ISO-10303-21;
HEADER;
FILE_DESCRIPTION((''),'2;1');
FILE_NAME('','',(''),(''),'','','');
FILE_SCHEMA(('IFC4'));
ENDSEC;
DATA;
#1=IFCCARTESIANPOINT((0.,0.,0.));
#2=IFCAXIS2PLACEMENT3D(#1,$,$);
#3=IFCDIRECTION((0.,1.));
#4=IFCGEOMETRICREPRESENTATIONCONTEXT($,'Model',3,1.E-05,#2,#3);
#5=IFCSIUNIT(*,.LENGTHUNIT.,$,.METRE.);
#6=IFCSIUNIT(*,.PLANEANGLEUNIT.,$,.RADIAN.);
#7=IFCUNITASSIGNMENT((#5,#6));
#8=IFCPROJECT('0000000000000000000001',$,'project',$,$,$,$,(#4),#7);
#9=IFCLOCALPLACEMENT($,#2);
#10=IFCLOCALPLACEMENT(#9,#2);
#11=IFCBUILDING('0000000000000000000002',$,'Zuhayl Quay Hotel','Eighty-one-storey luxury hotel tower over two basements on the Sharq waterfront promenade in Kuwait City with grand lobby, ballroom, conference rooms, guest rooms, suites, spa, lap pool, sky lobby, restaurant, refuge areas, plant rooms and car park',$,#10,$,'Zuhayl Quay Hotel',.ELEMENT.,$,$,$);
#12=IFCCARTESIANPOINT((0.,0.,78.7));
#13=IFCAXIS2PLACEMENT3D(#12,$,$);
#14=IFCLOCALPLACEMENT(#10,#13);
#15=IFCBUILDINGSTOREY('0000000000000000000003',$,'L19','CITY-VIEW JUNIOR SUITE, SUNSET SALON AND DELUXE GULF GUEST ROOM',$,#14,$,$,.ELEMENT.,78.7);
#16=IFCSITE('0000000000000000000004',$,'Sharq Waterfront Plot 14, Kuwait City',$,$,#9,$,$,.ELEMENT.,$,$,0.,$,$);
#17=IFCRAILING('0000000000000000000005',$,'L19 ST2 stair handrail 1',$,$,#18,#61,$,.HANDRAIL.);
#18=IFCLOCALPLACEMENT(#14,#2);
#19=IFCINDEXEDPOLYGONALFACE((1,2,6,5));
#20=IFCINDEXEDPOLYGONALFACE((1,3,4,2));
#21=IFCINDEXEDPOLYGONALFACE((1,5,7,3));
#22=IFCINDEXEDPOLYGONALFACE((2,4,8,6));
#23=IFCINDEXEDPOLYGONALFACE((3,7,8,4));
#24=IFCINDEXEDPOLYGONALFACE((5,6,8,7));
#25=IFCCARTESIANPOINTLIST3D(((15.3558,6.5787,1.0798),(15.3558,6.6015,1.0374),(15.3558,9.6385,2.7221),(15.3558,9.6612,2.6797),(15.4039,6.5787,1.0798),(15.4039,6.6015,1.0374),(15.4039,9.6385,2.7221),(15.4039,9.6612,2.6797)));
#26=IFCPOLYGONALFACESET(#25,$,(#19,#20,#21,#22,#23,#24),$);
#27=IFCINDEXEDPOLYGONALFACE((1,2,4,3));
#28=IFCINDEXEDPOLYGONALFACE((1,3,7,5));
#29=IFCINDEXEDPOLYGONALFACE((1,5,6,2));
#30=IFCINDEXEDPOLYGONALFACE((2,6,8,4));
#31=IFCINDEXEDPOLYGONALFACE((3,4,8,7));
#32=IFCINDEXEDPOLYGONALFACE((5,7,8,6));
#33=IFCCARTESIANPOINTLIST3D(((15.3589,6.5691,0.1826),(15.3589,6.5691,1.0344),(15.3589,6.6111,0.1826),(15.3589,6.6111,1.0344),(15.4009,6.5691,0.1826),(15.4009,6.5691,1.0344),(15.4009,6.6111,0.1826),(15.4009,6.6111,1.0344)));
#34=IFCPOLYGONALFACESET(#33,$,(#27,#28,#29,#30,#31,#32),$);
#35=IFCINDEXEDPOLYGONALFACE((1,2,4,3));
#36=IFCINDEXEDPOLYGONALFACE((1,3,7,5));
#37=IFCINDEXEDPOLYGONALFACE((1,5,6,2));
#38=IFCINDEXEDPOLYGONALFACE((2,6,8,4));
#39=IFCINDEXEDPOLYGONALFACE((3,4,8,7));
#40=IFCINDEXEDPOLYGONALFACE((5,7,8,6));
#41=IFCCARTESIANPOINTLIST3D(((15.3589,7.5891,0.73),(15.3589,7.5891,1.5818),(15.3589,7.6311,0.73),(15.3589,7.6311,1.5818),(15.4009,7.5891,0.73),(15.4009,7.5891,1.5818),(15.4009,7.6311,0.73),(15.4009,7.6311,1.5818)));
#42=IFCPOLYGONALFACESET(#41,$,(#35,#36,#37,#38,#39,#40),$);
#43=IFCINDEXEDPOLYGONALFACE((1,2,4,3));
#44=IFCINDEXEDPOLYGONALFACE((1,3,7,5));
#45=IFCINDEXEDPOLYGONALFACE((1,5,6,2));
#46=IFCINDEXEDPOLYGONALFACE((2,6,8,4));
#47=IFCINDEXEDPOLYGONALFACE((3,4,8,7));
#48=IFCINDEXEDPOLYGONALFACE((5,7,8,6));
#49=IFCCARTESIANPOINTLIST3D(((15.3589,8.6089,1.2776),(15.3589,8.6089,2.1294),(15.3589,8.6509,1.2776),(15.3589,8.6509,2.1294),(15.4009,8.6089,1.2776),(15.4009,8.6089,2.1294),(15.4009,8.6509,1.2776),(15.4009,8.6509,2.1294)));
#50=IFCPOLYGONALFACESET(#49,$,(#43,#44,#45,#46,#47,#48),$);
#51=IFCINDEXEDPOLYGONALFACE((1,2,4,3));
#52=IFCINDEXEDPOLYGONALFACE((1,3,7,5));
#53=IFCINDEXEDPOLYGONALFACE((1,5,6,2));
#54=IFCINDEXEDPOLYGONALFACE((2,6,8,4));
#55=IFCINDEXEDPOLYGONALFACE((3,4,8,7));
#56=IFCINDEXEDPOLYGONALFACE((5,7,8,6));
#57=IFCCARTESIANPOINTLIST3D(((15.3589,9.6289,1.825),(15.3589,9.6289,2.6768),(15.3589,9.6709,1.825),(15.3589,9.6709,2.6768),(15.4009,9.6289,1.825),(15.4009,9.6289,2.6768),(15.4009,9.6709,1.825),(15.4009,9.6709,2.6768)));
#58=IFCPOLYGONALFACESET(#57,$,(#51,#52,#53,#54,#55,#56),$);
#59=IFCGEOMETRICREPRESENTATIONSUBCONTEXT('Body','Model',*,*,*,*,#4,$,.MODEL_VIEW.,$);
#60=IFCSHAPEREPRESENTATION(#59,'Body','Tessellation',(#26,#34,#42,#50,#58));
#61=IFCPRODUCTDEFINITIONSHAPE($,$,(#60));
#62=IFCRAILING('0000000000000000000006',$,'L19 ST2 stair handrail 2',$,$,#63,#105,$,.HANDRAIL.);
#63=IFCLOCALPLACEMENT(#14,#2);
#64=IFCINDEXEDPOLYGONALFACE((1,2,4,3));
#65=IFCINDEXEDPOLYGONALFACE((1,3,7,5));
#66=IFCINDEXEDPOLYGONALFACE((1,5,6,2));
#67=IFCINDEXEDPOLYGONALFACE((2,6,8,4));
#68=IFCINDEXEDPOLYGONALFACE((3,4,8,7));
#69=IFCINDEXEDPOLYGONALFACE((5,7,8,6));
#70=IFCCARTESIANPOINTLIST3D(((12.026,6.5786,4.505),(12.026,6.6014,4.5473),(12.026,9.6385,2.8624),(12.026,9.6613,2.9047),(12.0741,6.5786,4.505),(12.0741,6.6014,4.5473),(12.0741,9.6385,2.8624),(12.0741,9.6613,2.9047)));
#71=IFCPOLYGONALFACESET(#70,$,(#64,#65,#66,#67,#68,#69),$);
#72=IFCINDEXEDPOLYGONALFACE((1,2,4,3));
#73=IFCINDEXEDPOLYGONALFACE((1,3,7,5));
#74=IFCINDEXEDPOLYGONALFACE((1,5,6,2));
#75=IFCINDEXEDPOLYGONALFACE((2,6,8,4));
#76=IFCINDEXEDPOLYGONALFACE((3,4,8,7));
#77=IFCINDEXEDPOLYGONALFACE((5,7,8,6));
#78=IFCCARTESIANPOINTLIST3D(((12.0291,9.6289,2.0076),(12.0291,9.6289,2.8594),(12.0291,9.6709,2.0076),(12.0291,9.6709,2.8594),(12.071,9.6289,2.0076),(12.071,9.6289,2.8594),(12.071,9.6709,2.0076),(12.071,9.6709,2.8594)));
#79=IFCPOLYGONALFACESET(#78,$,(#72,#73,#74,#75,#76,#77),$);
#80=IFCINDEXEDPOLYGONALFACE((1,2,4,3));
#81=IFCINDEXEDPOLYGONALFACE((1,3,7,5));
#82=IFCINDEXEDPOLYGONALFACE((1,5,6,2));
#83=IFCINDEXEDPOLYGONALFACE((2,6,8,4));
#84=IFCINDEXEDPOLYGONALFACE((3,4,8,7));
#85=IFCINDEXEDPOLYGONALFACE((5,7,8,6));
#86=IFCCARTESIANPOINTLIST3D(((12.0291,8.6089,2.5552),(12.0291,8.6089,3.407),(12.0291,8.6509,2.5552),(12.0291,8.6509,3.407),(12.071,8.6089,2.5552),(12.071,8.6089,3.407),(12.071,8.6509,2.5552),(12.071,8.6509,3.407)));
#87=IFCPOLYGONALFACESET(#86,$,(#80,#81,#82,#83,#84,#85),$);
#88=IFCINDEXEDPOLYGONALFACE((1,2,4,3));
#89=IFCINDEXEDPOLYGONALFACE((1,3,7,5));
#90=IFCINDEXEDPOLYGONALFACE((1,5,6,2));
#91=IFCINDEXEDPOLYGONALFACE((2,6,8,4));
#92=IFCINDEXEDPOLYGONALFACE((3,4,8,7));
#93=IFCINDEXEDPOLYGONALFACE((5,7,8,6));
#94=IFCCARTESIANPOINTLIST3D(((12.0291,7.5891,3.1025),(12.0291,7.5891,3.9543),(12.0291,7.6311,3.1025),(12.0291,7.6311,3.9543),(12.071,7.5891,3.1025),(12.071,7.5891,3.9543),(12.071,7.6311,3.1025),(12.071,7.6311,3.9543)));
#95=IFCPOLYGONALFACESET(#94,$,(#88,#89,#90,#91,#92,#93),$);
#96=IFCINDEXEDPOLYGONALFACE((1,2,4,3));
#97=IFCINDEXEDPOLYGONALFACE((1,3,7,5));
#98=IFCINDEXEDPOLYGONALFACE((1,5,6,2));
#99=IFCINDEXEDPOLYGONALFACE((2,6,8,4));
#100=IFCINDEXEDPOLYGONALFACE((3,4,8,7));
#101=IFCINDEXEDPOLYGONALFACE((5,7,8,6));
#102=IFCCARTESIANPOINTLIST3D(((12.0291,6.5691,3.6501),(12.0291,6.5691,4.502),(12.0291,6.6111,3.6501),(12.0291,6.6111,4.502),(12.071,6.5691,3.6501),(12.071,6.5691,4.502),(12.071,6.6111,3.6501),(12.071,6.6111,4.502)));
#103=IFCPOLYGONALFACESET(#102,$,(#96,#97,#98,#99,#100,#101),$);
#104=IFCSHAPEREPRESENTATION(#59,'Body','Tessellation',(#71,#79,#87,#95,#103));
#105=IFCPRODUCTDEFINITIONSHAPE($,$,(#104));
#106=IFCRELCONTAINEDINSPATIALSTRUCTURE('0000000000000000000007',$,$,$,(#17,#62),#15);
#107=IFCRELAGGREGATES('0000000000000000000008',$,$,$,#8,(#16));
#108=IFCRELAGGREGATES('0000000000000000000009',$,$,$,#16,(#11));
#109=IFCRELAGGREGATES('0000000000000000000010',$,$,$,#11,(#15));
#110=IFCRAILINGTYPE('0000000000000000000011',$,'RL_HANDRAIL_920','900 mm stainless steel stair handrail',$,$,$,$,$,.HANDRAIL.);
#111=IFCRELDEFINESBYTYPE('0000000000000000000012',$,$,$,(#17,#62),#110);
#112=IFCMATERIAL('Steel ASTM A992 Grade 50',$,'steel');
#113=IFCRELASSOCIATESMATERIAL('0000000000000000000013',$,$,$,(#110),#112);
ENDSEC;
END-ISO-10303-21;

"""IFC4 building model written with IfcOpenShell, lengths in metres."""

from ifc_helpers import new_model, si_unit, direction, frame, origin, origin_2d, place, context, subcontext, project, spatial, rectangle, extrude, material, type_object, element, save


model = new_model("IFC4")

# Units and contexts
model_context = context("Model", 3, precision=1e-05, world=origin(), true_north=direction((0.0, 1.0)))
body_context = subcontext(model_context, "Body", "Model", "MODEL_VIEW")
ifc_project = project(units=[si_unit("LENGTHUNIT", "METRE"), si_unit("PLANEANGLEUNIT", "RADIAN")], contexts=[model_context])

# Site, building, storey
site_placement = place(None, origin())
site = spatial("IfcSite", under=ifc_project, at=site_placement, Name="Sharq Waterfront Plot 14, Kuwait City", CompositionType="ELEMENT", RefElevation=0.0)
building_placement = place(site_placement, origin())
building = spatial("IfcBuilding", under=site, at=building_placement, Name="Zuhayl Quay Hotel", Description="Eighty-one-storey luxury hotel tower over two basements on the Sharq waterfront promenade in Kuwait City with grand lobby, ballroom, conference rooms, guest rooms, suites, spa, lap pool, sky lobby, restaurant, refuge areas, plant rooms and car park", LongName="Zuhayl Quay Hotel", CompositionType="ELEMENT")
storey_placement = place(building_placement, frame((0.0, 0.0, 78.7)))
storey = spatial("IfcBuildingStorey", under=building, at=storey_placement, Name="L19", Description="CITY-VIEW JUNIOR SUITE, SUNSET SALON AND DELUXE GULF GUEST ROOM", CompositionType="ELEMENT", Elevation=78.7)

# Shared definitions
ifc_material_1 = material(Name="Steel ASTM A992 Grade 50", Category="steel")

# Railings
railing_type_1 = type_object("IfcRailingType", Name="RL_HANDRAIL_920", Description="900 mm stainless steel stair handrail", PredefinedType="HANDRAIL", material=ifc_material_1)
railing_1_placement = place(storey_placement, frame((15.3799, 6.5901, 0.1826)))
element("IfcRailing", 1, at=railing_1_placement, inside=storey, type_object=railing_type_1, Name="L19 ST2 stair handrail 1", PredefinedType="HANDRAIL", context=body_context, shape_type="SweptSolid", body=[
    extrude(rectangle(XDim=0.0481, YDim=0.0481, at=origin_2d()), frame((0.0, 0.0, 0.876), z_axis=(0.0, 0.881102, 0.472926), x_axis=(-1.0, 0.0, 0.0)), (0.0, 0.0, 1.0), 3.4727),
    extrude(rectangle(XDim=0.042, YDim=0.042, at=origin_2d()), origin(), (0.0, 0.0, 1.0), 0.8518),
    extrude(rectangle(XDim=0.042, YDim=0.042, at=origin_2d()), frame((0.0, 1.02, 0.5474)), (0.0, 0.0, 1.0), 0.8518),
    extrude(rectangle(XDim=0.042, YDim=0.042, at=origin_2d()), frame((0.0, 2.0398, 1.095)), (0.0, 0.0, 1.0), 0.8518),
    extrude(rectangle(XDim=0.042, YDim=0.042, at=origin_2d()), frame((0.0, 3.0598, 1.6423)), (0.0, 0.0, 1.0), 0.8518),
])
railing_2_placement = place(storey_placement, frame((12.05, 9.6499, 2.0076)))
element("IfcRailing", 2, at=railing_2_placement, inside=storey, type_object=railing_type_1, Name="L19 ST2 stair handrail 2", PredefinedType="HANDRAIL", context=body_context, shape_type="SweptSolid", body=[
    extrude(rectangle(XDim=0.0481, YDim=0.0481, at=origin_2d()), frame((0.0, 0.0, 0.876), z_axis=(0.0, -0.881073, 0.47298), x_axis=(1.0, 0.0, 0.0)), (0.0, 0.0, 1.0), 3.4729),
    extrude(rectangle(XDim=0.042, YDim=0.042, at=origin_2d()), origin(), (0.0, 0.0, 1.0), 0.8518),
    extrude(rectangle(XDim=0.042, YDim=0.042, at=origin_2d()), frame((0.0, -1.02, 0.5476)), (0.0, 0.0, 1.0), 0.8518),
    extrude(rectangle(XDim=0.042, YDim=0.042, at=origin_2d()), frame((0.0, -2.0398, 1.095)), (0.0, 0.0, 1.0), 0.8518),
    extrude(rectangle(XDim=0.042, YDim=0.042, at=origin_2d()), frame((0.0, -3.0598, 1.6426)), (0.0, 0.0, 1.0), 0.8518),
])

save(model, "model.ifc")
